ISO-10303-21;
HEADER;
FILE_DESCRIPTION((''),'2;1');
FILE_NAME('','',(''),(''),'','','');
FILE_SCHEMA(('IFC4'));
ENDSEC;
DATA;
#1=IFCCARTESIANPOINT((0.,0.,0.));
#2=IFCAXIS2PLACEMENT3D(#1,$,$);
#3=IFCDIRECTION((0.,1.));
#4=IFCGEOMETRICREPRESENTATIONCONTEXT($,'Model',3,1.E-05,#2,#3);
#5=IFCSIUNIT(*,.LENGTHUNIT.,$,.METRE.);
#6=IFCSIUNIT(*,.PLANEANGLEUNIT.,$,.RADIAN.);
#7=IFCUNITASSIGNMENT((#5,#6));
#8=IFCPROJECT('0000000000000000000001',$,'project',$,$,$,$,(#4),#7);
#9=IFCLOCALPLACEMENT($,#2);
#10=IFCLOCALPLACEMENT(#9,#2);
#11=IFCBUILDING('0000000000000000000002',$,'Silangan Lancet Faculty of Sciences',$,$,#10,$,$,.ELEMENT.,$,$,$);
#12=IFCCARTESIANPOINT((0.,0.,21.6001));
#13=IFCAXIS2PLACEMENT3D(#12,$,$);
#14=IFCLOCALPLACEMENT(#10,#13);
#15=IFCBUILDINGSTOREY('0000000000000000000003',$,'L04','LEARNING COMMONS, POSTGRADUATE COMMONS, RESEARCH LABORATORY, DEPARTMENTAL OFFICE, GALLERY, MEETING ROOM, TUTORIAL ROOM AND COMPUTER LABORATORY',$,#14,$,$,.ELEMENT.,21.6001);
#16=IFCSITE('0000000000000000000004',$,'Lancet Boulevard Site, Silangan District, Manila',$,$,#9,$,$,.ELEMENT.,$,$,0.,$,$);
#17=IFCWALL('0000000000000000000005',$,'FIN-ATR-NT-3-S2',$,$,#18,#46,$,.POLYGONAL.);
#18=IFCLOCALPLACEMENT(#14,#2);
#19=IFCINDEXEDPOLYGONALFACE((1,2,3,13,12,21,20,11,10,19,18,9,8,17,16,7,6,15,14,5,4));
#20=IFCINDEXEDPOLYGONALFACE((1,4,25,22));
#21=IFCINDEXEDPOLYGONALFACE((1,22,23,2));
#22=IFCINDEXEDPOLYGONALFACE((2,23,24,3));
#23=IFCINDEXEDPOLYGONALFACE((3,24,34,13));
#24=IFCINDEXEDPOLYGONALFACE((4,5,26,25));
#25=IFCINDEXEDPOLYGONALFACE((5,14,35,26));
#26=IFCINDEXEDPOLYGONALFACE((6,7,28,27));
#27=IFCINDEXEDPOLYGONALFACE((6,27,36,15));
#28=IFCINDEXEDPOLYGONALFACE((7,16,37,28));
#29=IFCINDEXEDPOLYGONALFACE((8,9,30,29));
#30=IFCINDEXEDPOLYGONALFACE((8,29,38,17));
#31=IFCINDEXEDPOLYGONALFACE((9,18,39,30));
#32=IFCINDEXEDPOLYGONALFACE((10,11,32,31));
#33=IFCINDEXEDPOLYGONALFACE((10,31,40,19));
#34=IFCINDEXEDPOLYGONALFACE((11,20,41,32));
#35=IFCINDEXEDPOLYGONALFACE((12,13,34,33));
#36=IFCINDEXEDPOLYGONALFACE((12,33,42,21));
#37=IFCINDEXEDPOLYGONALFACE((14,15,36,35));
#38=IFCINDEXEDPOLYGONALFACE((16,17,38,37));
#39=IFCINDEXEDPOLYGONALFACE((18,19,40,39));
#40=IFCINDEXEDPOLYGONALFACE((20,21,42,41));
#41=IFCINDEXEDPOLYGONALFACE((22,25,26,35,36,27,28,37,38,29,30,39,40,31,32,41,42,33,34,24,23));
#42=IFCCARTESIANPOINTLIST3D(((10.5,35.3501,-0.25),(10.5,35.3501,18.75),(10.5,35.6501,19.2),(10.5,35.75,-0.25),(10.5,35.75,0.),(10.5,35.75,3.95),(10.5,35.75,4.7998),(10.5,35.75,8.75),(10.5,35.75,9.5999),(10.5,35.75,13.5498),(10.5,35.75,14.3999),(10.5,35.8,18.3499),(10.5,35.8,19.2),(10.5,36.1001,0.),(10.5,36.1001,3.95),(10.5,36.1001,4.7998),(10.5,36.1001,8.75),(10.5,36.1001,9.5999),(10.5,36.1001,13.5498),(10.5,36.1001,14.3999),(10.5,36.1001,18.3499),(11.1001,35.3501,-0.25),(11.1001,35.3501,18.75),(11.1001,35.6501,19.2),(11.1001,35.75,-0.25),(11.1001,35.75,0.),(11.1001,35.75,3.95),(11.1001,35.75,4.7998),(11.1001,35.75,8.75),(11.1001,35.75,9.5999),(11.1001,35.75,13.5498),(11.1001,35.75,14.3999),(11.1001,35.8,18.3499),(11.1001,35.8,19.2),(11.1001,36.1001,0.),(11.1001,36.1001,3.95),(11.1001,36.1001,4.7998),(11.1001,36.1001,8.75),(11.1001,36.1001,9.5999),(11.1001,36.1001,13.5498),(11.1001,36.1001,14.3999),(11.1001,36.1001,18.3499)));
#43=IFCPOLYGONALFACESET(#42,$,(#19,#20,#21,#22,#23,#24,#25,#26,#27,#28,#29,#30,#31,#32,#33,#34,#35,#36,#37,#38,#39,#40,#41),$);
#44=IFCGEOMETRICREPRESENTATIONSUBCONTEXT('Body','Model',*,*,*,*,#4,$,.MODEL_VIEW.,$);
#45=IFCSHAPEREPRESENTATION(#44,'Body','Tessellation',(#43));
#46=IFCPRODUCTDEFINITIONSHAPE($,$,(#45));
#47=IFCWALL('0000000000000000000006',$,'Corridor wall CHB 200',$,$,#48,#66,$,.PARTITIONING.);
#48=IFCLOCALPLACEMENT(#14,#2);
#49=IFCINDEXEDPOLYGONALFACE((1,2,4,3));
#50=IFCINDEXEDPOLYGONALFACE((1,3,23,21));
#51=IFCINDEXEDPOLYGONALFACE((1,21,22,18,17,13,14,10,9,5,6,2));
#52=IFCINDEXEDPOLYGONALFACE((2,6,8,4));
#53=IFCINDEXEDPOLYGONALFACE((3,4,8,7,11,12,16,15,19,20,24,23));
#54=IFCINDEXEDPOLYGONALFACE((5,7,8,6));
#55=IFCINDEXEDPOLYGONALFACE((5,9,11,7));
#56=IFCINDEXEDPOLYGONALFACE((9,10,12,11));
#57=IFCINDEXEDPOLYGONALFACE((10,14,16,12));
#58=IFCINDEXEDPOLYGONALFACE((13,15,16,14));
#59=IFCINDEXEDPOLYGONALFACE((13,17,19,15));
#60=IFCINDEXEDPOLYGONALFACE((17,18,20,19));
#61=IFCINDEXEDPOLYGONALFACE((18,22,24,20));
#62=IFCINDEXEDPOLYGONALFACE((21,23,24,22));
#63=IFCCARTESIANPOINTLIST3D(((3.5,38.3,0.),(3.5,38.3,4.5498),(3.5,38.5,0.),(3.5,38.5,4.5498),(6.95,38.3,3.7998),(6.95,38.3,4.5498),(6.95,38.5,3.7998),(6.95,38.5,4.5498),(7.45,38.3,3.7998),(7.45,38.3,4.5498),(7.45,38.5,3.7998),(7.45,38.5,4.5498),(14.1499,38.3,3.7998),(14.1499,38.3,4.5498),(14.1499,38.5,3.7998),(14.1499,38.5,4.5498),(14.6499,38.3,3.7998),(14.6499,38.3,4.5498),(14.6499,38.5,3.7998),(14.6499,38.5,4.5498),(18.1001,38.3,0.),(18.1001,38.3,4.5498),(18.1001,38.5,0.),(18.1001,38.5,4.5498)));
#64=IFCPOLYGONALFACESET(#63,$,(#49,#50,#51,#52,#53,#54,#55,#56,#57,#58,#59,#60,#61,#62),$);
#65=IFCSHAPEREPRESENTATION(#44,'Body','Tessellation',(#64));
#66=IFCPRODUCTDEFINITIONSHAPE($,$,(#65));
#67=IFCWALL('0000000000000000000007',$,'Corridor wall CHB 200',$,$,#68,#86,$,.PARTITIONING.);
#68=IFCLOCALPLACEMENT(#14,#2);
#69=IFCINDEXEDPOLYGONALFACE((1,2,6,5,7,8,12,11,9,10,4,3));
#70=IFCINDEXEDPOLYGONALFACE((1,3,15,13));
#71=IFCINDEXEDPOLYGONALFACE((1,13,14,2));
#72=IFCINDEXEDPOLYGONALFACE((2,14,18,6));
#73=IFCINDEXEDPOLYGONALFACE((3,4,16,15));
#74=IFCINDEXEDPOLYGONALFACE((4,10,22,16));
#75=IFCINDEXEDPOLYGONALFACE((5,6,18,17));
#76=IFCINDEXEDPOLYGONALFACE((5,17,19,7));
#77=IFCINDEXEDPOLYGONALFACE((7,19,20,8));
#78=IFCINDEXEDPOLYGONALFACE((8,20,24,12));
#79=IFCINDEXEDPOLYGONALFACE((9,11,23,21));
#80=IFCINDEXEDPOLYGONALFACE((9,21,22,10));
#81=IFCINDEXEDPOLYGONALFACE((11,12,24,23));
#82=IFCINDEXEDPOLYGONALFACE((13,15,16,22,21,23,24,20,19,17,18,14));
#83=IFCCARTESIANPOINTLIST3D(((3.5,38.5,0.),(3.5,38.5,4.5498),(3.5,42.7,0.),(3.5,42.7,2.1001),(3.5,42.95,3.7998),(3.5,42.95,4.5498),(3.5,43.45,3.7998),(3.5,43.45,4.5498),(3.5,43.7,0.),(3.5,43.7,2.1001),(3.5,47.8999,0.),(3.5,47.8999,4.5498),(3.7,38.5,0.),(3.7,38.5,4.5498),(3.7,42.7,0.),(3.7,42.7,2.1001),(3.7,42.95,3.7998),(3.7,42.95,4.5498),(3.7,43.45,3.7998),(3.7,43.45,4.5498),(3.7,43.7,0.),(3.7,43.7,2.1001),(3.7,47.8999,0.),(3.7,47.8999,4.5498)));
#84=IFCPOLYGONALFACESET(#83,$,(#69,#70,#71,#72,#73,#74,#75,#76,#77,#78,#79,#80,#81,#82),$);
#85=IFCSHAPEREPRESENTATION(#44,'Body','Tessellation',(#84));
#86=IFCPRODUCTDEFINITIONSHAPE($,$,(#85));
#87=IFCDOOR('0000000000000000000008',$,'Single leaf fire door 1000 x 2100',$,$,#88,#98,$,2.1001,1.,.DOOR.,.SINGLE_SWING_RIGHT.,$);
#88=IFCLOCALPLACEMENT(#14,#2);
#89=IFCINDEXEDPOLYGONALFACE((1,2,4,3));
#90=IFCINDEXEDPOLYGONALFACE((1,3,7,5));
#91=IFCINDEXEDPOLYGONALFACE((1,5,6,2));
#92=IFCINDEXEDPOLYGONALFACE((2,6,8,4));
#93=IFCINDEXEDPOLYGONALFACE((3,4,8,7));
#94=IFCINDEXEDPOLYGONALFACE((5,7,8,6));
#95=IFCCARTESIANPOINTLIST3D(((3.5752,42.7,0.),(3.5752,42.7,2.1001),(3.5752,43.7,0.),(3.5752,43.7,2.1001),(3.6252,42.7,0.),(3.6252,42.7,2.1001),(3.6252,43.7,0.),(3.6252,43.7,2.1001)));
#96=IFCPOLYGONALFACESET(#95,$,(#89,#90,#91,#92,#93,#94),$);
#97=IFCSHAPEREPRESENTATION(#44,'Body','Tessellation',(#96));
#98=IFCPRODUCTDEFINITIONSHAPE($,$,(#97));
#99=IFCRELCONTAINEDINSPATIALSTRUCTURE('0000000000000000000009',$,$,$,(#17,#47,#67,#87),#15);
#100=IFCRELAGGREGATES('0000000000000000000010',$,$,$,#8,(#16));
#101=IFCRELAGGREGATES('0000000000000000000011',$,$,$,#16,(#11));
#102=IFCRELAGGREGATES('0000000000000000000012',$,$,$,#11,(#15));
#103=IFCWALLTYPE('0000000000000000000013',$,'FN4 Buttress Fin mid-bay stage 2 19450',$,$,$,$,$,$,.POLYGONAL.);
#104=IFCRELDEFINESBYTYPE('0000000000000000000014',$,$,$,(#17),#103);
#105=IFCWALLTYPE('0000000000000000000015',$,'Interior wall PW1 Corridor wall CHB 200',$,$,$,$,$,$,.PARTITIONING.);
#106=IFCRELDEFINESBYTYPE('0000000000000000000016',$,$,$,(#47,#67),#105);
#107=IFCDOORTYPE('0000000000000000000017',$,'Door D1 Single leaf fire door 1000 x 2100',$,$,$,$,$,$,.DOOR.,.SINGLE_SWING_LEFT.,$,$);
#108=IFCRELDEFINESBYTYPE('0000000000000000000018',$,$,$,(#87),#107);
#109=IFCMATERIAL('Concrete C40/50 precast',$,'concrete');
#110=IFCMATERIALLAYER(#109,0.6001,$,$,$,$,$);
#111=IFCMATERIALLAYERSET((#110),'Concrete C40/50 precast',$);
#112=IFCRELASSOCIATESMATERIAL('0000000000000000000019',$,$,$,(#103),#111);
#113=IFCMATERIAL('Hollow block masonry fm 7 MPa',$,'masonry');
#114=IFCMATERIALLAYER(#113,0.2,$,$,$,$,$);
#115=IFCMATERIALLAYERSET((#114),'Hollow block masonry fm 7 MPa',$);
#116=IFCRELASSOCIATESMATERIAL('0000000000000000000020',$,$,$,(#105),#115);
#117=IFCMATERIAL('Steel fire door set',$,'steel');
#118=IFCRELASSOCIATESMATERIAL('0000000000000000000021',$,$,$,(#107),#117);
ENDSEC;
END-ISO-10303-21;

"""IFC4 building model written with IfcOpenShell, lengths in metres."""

from ifc_helpers import new_model, si_unit, direction, frame, frame_2d, origin, place, context, subcontext, project, spatial, polyline, rectangle, outline, extrude, material, layer, layer_set, type_object, element, fill, save


model = new_model("IFC4")

# Units and contexts
model_context = context("Model", 3, precision=1e-05, world=origin(), true_north=direction((0.0, 1.0)))
body_context = subcontext(model_context, "Body", "Model", "MODEL_VIEW")
ifc_project = project(units=[si_unit("LENGTHUNIT", "METRE"), si_unit("PLANEANGLEUNIT", "RADIAN")], contexts=[model_context])

# Site, building, storey
site_placement = place(None, origin())
site = spatial("IfcSite", under=ifc_project, at=site_placement, Name="Lancet Boulevard Site, Silangan District, Manila", CompositionType="ELEMENT", RefElevation=0.0)
building_placement = place(site_placement, origin())
building = spatial("IfcBuilding", under=site, at=building_placement, Name="Silangan Lancet Faculty of Sciences", CompositionType="ELEMENT")
storey_placement = place(building_placement, frame((0.0, 0.0, 21.6001)))
storey = spatial("IfcBuildingStorey", under=building, at=storey_placement, Name="L04", Description="LEARNING COMMONS, POSTGRADUATE COMMONS, RESEARCH LABORATORY, DEPARTMENTAL OFFICE, GALLERY, MEETING ROOM, TUTORIAL ROOM AND COMPUTER LABORATORY", CompositionType="ELEMENT", Elevation=21.6001)

# Walls
ifc_material_1 = material(Name="Concrete C40/50 precast", Category="concrete")
ifc_layer_1 = layer(ifc_material_1, 0.6001)
ifc_layer_set_1 = layer_set([ifc_layer_1], Name="Concrete C40/50 precast")
wall_type_1 = type_object("IfcWallType", Name="FN4 Buttress Fin mid-bay stage 2 19450", PredefinedType="POLYGONAL", material=ifc_layer_set_1)
for number, where, z_axis, x_axis, name in (
    (1, (10.8, 36.1001, -0.25), (0.0, 0.0, 1.0), (0.0, -1.0, 0.0), "FIN-ATR-NT-3-S2"),
):
    element("IfcWall", number, at=place(storey_placement, frame(where, z_axis=z_axis, x_axis=x_axis)), inside=storey, type_object=wall_type_1, Name=name, PredefinedType="POLYGONAL", context=body_context, shape_type="SweptSolid", body=[
        extrude(outline(polyline([(0.75, 0.0), (0.75, 19.0), (0.45, 19.45), (0.3, 19.45), (0.3, 18.5999), (0.0, 18.5999), (0.0, 14.6499), (0.3501, 14.6499), (0.3501, 13.7998), (0.0, 13.7998), (0.0, 9.8499), (0.3501, 9.8499), (0.3501, 9.0), (0.0, 9.0), (0.0, 5.0498), (0.3501, 5.0498), (0.3501, 4.2), (0.0, 4.2), (0.0, 0.25), (0.3501, 0.25), (0.3501, 0.0), (0.75, 0.0)])), frame((0.0, 0.3, 0.0), z_axis=(0.0, -1.0, 0.0), x_axis=(1.0, 0.0, 0.0)), (0.0, 0.0, 1.0), 0.6001),
    ])
ifc_material_2 = material(Name="Hollow block masonry fm 7 MPa", Category="masonry")
ifc_layer_2 = layer(ifc_material_2, 0.2)
ifc_layer_set_2 = layer_set([ifc_layer_2], Name="Hollow block masonry fm 7 MPa")
wall_type_2 = type_object("IfcWallType", Name="Interior wall PW1 Corridor wall CHB 200", PredefinedType="PARTITIONING", material=ifc_layer_set_2)
wall_1_placement = place(storey_placement, frame((3.5, 38.3999, 0.0), z_axis=(0.0, 0.0, 1.0), x_axis=(1.0, 0.0, 0.0)))
element("IfcWall", 2, at=wall_1_placement, inside=storey, type_object=wall_type_2, Name="Corridor wall CHB 200", PredefinedType="PARTITIONING", context=body_context, shape_type="SweptSolid", body=[
    extrude(outline(polyline([(0.0, 0.0), (14.6001, 0.0), (14.6001, 4.5498), (11.1499, 4.5498), (11.1499, 3.7998), (10.6499, 3.7998), (10.6499, 4.5498), (3.95, 4.5498), (3.95, 3.7998), (3.45, 3.7998), (3.45, 4.5498), (0.0, 4.5498), (0.0, 0.0)])), frame((0.0, 0.1001, 0.0), z_axis=(0.0, -1.0, 0.0), x_axis=(1.0, 0.0, 0.0)), (0.0, 0.0, 1.0), 0.2),
])

# Wall, opening, door
wall_2_placement = place(storey_placement, frame((3.6001, 38.5, 0.0), z_axis=(0.0, 0.0, 1.0), x_axis=(0.0, 1.0, 0.0)))
wall_2 = element("IfcWall", 3, at=wall_2_placement, inside=storey, type_object=wall_type_2, Name="Corridor wall CHB 200", PredefinedType="PARTITIONING", context=body_context, shape_type="SweptSolid", body=[
    extrude(outline(polyline([(0.0, 0.0), (9.3999, 0.0), (9.3999, 4.5498), (4.95, 4.5498), (4.95, 3.7998), (4.45, 3.7998), (4.45, 4.5498), (0.0, 4.5498), (0.0, 0.0)])), frame((0.0, 0.1001, 0.0), z_axis=(0.0, -1.0, 0.0), x_axis=(1.0, 0.0, 0.0)), (0.0, 0.0, 1.0), 0.2),
])
opening_placement = place(wall_2_placement, frame((4.2, 0.0, 0.0)))
opening = element("IfcOpeningElement", 4, at=opening_placement, cuts=wall_2, PredefinedType="OPENING", context=body_context, shape_type="SweptSolid", body=[
    extrude(rectangle(XDim=1.0, YDim=2.1001, at=frame_2d((0.5, 1.05))), frame((0.0, 0.1099, 0.0), z_axis=(0.0, -1.0, 0.0), x_axis=(1.0, 0.0, 0.0)), (0.0, 0.0, 1.0), 0.22),
])
ifc_material_3 = material(Name="Steel fire door set", Category="steel")
door_type = type_object("IfcDoorType", Name="Door D1 Single leaf fire door 1000 x 2100", OperationType="SINGLE_SWING_LEFT", PredefinedType="DOOR", material=ifc_material_3)
door_placement = place(opening_placement, frame((1.0, 0.0, 0.0), z_axis=(0.0, 0.0, 1.0), x_axis=(-1.0, 0.0, 0.0)))
door = element("IfcDoor", 5, at=door_placement, inside=storey, type_object=door_type, Name="Single leaf fire door 1000 x 2100", OperationType="SINGLE_SWING_RIGHT", OverallHeight=2.1001, OverallWidth=1.0, PredefinedType="DOOR", context=body_context, shape_type="SweptSolid", body=[
    extrude(rectangle(XDim=1.0, YDim=2.1001, at=frame_2d((0.5, 1.05))), frame((0.0, 0.0251, 0.0), z_axis=(0.0, -1.0, 0.0), x_axis=(1.0, 0.0, 0.0)), (0.0, 0.0, 1.0), 0.05),
])
fill(opening, door)

save(model, "model.ifc")
